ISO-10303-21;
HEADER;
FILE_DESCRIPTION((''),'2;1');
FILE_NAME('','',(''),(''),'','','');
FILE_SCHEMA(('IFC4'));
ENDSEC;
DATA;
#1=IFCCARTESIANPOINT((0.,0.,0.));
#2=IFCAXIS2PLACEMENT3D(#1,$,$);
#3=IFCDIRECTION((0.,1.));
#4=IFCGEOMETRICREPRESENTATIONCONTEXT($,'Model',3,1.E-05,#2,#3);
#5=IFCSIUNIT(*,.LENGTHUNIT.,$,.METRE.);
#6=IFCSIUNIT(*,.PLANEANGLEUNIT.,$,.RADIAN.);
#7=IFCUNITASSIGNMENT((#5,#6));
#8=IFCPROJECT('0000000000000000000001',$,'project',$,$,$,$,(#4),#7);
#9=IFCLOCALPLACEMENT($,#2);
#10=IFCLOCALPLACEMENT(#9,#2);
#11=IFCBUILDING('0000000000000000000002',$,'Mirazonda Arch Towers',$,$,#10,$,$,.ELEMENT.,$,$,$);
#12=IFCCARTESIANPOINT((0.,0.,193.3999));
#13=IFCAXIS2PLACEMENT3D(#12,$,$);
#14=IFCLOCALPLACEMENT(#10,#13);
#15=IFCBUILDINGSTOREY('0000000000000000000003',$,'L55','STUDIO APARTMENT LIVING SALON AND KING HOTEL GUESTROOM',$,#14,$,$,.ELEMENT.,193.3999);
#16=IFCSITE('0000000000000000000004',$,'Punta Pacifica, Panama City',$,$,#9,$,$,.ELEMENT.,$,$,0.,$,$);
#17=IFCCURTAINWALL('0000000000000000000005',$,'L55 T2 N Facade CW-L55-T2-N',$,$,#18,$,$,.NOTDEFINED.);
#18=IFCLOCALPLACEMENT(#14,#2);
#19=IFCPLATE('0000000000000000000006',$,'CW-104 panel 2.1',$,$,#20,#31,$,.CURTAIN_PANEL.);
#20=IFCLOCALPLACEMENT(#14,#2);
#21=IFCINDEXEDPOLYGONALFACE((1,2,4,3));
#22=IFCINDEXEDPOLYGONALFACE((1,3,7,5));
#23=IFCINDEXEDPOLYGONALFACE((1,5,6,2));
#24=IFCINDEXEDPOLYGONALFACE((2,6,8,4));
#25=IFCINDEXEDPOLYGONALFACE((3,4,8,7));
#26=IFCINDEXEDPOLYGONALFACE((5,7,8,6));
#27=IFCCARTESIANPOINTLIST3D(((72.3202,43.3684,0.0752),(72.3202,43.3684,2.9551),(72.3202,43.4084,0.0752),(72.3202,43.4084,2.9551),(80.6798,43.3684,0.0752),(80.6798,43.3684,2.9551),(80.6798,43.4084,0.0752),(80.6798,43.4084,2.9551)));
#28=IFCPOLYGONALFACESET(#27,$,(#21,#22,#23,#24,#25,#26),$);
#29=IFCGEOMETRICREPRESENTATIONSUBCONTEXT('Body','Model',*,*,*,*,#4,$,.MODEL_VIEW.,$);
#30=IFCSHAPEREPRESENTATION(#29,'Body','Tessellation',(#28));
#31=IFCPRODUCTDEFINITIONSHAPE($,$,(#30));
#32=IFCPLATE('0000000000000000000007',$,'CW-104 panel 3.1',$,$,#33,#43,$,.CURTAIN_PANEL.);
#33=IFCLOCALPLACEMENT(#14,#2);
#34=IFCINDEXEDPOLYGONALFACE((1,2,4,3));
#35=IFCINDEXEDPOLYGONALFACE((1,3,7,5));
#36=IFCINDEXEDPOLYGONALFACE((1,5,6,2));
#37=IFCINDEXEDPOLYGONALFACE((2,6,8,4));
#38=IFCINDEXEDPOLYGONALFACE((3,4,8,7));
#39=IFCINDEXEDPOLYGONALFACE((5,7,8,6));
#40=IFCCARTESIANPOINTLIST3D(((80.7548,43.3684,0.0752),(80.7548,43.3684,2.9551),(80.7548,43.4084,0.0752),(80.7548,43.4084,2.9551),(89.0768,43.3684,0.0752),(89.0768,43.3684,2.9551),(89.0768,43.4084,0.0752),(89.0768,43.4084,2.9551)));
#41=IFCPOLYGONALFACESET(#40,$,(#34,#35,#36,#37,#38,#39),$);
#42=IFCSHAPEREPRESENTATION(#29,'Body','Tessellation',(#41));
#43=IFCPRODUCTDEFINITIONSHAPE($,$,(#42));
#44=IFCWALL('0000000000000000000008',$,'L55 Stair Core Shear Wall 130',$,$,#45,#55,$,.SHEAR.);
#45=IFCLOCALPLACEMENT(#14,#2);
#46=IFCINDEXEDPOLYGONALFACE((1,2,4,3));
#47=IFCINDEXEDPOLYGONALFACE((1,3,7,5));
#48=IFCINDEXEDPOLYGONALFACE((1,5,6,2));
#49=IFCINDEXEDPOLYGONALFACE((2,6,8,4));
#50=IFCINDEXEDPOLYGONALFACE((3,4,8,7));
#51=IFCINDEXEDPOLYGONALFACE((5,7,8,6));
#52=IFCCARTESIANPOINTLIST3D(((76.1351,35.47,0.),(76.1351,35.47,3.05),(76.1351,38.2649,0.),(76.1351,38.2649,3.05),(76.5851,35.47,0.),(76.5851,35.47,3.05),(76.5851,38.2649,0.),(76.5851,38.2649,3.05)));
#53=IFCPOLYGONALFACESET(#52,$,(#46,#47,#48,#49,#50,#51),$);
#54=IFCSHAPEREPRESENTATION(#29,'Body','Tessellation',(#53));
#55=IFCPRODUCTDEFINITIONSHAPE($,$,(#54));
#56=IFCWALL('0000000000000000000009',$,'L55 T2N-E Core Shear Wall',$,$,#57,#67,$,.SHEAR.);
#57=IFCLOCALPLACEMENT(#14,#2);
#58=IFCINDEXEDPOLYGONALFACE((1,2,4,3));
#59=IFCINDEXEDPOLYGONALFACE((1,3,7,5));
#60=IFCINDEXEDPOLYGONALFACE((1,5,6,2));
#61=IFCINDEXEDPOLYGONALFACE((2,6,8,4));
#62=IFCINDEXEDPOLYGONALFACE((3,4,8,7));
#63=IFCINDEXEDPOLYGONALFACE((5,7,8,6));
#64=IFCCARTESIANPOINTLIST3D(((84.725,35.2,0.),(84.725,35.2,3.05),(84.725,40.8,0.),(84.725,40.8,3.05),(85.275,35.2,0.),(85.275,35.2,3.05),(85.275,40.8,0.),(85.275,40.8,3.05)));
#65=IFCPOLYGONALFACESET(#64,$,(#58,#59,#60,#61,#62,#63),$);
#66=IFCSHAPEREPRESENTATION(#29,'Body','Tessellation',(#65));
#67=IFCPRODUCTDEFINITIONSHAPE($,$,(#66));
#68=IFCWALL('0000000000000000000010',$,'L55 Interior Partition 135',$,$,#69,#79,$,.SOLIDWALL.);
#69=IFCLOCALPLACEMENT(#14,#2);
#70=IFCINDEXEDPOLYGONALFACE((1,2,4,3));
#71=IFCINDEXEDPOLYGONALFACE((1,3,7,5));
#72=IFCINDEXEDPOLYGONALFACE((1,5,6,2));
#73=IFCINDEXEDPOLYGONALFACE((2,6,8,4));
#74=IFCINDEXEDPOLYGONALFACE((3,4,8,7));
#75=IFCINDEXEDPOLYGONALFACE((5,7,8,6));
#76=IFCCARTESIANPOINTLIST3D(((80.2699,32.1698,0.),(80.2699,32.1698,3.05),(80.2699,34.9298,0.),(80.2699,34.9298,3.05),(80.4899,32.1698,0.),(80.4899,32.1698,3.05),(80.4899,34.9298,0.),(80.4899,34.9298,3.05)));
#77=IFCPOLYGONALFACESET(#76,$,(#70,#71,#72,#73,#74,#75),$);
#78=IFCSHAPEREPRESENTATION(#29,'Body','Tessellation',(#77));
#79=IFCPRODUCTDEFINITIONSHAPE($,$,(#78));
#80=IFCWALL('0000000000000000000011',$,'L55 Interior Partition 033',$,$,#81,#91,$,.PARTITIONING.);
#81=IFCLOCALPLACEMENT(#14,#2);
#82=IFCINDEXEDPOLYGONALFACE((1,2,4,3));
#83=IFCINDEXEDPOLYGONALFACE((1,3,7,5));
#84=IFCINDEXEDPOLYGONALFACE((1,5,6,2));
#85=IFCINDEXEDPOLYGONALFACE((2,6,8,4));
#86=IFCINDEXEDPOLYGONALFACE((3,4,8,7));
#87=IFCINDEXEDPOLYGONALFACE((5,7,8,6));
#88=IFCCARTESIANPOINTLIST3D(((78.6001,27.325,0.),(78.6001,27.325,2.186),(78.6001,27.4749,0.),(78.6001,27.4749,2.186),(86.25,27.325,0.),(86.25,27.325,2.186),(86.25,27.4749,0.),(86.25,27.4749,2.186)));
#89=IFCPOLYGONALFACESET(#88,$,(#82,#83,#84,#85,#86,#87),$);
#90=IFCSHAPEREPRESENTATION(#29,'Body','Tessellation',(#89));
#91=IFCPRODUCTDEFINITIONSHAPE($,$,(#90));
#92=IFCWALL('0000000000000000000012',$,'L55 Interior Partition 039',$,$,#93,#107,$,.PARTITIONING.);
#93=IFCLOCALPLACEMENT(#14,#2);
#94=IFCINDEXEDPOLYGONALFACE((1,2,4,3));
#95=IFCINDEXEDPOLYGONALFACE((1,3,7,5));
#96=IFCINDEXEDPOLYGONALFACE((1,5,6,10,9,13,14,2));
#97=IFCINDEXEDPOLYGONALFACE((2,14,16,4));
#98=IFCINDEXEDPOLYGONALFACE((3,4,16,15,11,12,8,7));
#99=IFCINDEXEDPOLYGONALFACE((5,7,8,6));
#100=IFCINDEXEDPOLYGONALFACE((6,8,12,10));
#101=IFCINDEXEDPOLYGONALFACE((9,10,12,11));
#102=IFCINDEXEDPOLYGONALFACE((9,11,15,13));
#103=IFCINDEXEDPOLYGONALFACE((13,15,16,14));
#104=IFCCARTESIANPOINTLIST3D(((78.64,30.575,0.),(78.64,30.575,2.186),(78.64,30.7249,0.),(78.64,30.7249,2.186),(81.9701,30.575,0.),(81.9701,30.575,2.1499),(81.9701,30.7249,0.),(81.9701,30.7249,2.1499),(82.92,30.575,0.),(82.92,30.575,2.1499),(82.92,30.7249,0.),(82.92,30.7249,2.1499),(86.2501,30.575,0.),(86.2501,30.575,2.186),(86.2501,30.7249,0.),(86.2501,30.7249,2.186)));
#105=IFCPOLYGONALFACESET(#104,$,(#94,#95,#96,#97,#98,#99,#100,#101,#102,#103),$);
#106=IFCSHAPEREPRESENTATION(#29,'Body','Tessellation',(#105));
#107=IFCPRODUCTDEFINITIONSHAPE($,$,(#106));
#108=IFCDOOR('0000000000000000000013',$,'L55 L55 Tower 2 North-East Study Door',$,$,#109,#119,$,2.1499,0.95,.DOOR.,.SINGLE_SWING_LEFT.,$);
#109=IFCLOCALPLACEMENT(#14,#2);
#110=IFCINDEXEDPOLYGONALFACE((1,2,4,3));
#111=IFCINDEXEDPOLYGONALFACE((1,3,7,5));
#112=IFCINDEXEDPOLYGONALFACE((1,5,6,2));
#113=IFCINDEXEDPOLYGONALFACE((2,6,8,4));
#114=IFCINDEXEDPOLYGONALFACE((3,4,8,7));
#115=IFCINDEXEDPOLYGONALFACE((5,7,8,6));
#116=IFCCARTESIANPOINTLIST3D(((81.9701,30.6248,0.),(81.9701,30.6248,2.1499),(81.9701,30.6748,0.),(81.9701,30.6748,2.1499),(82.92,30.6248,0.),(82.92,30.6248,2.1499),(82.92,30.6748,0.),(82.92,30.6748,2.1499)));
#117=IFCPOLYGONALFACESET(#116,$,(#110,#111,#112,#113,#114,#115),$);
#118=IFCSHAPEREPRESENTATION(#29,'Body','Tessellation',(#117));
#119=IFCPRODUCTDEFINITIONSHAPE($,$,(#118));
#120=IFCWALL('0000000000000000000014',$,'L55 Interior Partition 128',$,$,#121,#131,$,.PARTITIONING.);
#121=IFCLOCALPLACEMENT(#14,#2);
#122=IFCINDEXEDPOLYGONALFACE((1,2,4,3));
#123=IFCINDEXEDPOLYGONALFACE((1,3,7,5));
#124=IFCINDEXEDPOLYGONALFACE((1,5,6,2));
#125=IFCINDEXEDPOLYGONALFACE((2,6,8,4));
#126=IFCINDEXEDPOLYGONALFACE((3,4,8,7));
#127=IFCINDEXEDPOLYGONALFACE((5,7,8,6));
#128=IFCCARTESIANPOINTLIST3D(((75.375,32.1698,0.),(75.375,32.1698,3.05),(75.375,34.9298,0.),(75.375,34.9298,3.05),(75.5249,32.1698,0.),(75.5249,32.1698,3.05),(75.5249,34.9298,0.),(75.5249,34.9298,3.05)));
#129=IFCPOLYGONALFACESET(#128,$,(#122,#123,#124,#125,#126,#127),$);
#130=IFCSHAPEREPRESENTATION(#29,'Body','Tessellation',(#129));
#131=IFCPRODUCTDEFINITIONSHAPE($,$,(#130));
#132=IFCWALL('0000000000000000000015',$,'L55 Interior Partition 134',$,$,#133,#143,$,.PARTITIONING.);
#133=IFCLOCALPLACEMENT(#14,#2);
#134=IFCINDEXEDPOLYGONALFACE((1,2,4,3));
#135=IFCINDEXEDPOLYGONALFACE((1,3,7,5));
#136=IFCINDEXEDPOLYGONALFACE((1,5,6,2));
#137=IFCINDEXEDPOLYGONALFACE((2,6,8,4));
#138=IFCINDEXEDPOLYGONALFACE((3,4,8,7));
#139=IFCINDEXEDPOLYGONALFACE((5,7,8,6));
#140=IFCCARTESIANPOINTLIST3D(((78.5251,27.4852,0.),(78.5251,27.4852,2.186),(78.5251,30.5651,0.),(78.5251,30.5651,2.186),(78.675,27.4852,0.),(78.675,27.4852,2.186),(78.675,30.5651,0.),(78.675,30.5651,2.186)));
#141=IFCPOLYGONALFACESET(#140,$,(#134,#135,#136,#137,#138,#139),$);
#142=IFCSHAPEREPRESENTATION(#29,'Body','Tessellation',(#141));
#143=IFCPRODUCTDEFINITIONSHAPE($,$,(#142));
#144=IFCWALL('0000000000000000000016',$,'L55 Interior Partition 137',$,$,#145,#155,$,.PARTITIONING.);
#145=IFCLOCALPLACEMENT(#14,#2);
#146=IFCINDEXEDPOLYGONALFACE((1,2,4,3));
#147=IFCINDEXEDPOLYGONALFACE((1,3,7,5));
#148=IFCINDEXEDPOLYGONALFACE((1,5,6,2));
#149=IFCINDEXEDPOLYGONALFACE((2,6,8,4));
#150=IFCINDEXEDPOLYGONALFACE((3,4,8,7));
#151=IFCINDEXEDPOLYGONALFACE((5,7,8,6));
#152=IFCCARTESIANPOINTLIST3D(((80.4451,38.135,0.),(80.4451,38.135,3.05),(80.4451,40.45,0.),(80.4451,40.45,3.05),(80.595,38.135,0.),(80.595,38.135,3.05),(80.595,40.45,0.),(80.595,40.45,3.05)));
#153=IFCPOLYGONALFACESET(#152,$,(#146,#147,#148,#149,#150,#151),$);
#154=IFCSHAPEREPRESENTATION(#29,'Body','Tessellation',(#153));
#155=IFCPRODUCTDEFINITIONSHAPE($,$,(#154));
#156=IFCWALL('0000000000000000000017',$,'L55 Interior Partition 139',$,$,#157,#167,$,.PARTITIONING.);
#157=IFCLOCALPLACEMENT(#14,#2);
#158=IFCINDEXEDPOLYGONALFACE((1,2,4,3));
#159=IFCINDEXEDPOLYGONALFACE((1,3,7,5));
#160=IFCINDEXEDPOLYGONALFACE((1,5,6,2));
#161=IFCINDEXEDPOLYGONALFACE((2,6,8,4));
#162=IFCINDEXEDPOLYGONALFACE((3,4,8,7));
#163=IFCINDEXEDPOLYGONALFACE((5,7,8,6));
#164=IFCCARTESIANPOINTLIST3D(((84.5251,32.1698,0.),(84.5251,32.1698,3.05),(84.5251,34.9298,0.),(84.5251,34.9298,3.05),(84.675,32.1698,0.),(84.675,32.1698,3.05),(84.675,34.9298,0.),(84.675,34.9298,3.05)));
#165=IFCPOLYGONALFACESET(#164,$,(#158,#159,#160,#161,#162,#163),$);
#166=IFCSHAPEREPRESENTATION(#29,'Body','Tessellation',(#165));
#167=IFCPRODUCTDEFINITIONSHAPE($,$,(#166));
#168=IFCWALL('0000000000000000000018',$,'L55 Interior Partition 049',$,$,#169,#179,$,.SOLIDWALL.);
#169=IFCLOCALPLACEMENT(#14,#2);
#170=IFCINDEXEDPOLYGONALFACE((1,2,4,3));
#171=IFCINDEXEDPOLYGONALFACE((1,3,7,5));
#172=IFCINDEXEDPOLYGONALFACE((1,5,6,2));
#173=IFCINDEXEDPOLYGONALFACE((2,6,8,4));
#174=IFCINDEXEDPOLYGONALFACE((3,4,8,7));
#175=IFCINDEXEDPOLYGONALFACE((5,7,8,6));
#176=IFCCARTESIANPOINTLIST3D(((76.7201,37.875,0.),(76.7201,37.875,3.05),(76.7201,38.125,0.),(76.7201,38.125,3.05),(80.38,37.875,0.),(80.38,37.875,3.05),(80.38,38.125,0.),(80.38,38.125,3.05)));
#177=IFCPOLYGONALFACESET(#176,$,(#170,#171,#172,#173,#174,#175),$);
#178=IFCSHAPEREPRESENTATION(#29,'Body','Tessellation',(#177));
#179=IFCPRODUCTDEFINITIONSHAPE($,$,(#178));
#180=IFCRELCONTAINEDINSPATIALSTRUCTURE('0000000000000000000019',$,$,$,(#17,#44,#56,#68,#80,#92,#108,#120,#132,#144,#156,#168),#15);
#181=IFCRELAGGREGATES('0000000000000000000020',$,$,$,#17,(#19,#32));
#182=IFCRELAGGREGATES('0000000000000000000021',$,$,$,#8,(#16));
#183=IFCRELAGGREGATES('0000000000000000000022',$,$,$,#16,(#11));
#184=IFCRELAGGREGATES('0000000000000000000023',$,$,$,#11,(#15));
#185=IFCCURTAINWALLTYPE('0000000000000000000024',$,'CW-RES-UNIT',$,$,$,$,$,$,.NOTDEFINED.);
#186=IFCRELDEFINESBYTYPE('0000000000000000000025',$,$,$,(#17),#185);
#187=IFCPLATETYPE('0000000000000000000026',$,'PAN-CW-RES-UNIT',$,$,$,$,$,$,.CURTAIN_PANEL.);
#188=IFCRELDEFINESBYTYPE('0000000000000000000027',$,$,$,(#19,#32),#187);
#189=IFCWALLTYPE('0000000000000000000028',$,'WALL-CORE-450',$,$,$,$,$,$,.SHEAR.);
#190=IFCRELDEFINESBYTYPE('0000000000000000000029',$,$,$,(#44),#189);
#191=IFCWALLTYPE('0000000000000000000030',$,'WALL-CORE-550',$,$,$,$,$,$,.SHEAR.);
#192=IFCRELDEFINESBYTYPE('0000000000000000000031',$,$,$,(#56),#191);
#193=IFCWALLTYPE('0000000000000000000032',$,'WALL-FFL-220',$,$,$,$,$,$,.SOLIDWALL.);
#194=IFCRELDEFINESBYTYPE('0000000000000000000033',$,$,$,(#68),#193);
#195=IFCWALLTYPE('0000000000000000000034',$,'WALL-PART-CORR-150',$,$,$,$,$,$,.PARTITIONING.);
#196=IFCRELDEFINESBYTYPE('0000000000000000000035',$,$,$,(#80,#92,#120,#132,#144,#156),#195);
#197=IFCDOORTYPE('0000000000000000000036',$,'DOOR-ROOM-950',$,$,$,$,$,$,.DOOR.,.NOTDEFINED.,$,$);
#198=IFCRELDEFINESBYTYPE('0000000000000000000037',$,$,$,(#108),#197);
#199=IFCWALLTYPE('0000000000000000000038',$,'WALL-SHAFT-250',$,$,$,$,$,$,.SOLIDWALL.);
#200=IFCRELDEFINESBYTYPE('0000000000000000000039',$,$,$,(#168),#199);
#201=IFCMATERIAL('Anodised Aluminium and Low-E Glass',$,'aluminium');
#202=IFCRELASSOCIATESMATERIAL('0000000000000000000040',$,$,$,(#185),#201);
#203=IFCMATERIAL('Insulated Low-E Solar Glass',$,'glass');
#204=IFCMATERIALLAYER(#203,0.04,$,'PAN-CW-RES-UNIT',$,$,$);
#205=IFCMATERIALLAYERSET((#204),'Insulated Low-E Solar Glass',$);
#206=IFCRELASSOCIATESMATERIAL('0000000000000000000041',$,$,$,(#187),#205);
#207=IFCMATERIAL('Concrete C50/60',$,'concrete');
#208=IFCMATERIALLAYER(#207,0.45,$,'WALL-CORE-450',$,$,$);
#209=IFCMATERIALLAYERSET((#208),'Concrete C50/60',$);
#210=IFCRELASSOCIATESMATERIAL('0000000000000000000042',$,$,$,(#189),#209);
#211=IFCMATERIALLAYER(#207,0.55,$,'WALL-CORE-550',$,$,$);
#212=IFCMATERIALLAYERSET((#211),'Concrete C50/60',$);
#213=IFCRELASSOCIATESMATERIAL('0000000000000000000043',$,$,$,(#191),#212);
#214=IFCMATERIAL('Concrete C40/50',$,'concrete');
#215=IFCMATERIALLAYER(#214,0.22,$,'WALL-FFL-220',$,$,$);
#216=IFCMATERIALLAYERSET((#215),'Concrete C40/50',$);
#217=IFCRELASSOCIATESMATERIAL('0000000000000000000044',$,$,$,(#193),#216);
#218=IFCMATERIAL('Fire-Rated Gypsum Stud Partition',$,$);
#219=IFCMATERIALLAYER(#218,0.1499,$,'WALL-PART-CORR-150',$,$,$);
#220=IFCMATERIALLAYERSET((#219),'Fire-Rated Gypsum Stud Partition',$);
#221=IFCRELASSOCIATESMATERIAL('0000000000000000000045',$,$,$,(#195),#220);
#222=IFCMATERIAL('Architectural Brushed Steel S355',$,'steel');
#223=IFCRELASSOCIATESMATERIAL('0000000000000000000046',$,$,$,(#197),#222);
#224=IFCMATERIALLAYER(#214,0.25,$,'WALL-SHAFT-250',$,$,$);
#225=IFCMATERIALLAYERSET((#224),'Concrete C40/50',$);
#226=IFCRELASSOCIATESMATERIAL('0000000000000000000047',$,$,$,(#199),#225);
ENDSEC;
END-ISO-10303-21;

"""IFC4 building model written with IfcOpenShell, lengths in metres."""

from ifc_helpers import new_model, si_unit, direction, frame, frame_2d, origin, origin_2d, place, context, subcontext, project, spatial, rectangle, extrude, material, layer, layer_set, type_object, element, fill, aggregate, save


model = new_model("IFC4")

# Units and contexts
model_context = context("Model", 3, precision=1e-05, world=origin(), true_north=direction((0.0, 1.0)))
body_context = subcontext(model_context, "Body", "Model", "MODEL_VIEW")
ifc_project = project(units=[si_unit("LENGTHUNIT", "METRE"), si_unit("PLANEANGLEUNIT", "RADIAN")], contexts=[model_context])

# Site, building, storey
site_placement = place(None, origin())
site = spatial("IfcSite", under=ifc_project, at=site_placement, Name="Punta Pacifica, Panama City", CompositionType="ELEMENT", RefElevation=0.0)
building_placement = place(site_placement, origin())
building = spatial("IfcBuilding", under=site, at=building_placement, Name="Mirazonda Arch Towers", CompositionType="ELEMENT")
storey_placement = place(building_placement, frame((0.0, 0.0, 193.3999)))
storey = spatial("IfcBuildingStorey", under=building, at=storey_placement, Name="L55", Description="STUDIO APARTMENT LIVING SALON AND KING HOTEL GUESTROOM", CompositionType="ELEMENT", Elevation=193.3999)

# Shared definitions
ifc_material_1 = material(Name="Concrete C50/60", Category="concrete")

# Curtain wall, plates
ifc_material_2 = material(Name="Anodised Aluminium and Low-E Glass", Category="aluminium")
curtain_wall_type = type_object("IfcCurtainWallType", Name="CW-RES-UNIT", PredefinedType="NOTDEFINED", material=ifc_material_2)
curtain_wall_placement = place(storey_placement, origin())
curtain_wall = element("IfcCurtainWall", 1, at=curtain_wall_placement, inside=storey, type_object=curtain_wall_type, Name="L55 T2 N Facade CW-L55-T2-N", PredefinedType="NOTDEFINED")
ifc_material_3 = material(Name="Insulated Low-E Solar Glass", Category="glass")
ifc_layer_1 = layer(ifc_material_3, 0.04, Name="PAN-CW-RES-UNIT")
ifc_layer_set_1 = layer_set([ifc_layer_1], Name="Insulated Low-E Solar Glass")
plate_type = type_object("IfcPlateType", Name="PAN-CW-RES-UNIT", PredefinedType="CURTAIN_PANEL", material=ifc_layer_set_1)
plate_1_placement = place(storey_placement, frame((76.5, 43.3884, 0.0752), z_axis=(0.0, 0.0, 1.0), x_axis=(1.0, 0.0, 0.0)))
plate_1 = element("IfcPlate", 2, at=plate_1_placement, type_object=plate_type, Name="CW-104 panel 2.1", PredefinedType="CURTAIN_PANEL", context=body_context, shape_type="SweptSolid", body=[
    extrude(rectangle(XDim=8.3596, YDim=0.04, at=origin_2d()), origin(), (0.0, 0.0, 1.0), 2.8799),
])
plate_2_placement = place(storey_placement, frame((84.9158, 43.3884, 0.0752), z_axis=(0.0, 0.0, 1.0), x_axis=(1.0, 0.0, 0.0)))
plate_2 = element("IfcPlate", 3, at=plate_2_placement, type_object=plate_type, Name="CW-104 panel 3.1", PredefinedType="CURTAIN_PANEL", context=body_context, shape_type="SweptSolid", body=[
    extrude(rectangle(XDim=8.322, YDim=0.04, at=origin_2d()), origin(), (0.0, 0.0, 1.0), 2.8799),
])
aggregate(curtain_wall, [plate_1, plate_2])

# Walls
ifc_layer_2 = layer(ifc_material_1, 0.45, Name="WALL-CORE-450")
ifc_layer_set_2 = layer_set([ifc_layer_2], Name="Concrete C50/60")
wall_type_1 = type_object("IfcWallType", Name="WALL-CORE-450", PredefinedType="SHEAR", material=ifc_layer_set_2)
wall_1_placement = place(storey_placement, frame((76.3601, 35.47, 0.0), z_axis=(0.0, 0.0, 1.0), x_axis=(0.0, 1.0, 0.0)))
element("IfcWall", 4, at=wall_1_placement, inside=storey, type_object=wall_type_1, Name="L55 Stair Core Shear Wall 130", PredefinedType="SHEAR", context=body_context, shape_type="SweptSolid", body=[
    extrude(rectangle(XDim=2.7949, YDim=0.45, at=frame_2d((1.3975, 0.0))), origin(), (0.0, 0.0, 1.0), 3.05),
])
ifc_layer_3 = layer(ifc_material_1, 0.55, Name="WALL-CORE-550")
ifc_layer_set_3 = layer_set([ifc_layer_3], Name="Concrete C50/60")
wall_type_2 = type_object("IfcWallType", Name="WALL-CORE-550", PredefinedType="SHEAR", material=ifc_layer_set_3)
wall_2_placement = place(storey_placement, frame((85.0, 35.2, 0.0), z_axis=(0.0, 0.0, 1.0), x_axis=(0.0, 1.0, 0.0)))
element("IfcWall", 5, at=wall_2_placement, inside=storey, type_object=wall_type_2, Name="L55 T2N-E Core Shear Wall", PredefinedType="SHEAR", context=body_context, shape_type="SweptSolid", body=[
    extrude(rectangle(XDim=5.6001, YDim=0.55, at=frame_2d((2.8, 0.0))), origin(), (0.0, 0.0, 1.0), 3.05),
])
ifc_material_4 = material(Name="Concrete C40/50", Category="concrete")
ifc_layer_4 = layer(ifc_material_4, 0.22, Name="WALL-FFL-220")
ifc_layer_set_4 = layer_set([ifc_layer_4], Name="Concrete C40/50")
wall_type_3 = type_object("IfcWallType", Name="WALL-FFL-220", PredefinedType="SOLIDWALL", material=ifc_layer_set_4)
wall_3_placement = place(storey_placement, frame((80.3799, 32.1699, 0.0), z_axis=(0.0, 0.0, 1.0), x_axis=(0.0, 1.0, 0.0)))
element("IfcWall", 6, at=wall_3_placement, inside=storey, type_object=wall_type_3, Name="L55 Interior Partition 135", PredefinedType="SOLIDWALL", context=body_context, shape_type="SweptSolid", body=[
    extrude(rectangle(XDim=2.76, YDim=0.22, at=frame_2d((1.3799, 0.0))), origin(), (0.0, 0.0, 1.0), 3.05),
])
ifc_material_5 = material(Name="Fire-Rated Gypsum Stud Partition")
ifc_layer_5 = layer(ifc_material_5, 0.1499, Name="WALL-PART-CORR-150")
ifc_layer_set_5 = layer_set([ifc_layer_5], Name="Fire-Rated Gypsum Stud Partition")
wall_type_4 = type_object("IfcWallType", Name="WALL-PART-CORR-150", PredefinedType="PARTITIONING", material=ifc_layer_set_5)
wall_4_placement = place(storey_placement, frame((78.6001, 27.3999, 0.0), z_axis=(0.0, 0.0, 1.0), x_axis=(1.0, 0.0, 0.0)))
element("IfcWall", 7, at=wall_4_placement, inside=storey, type_object=wall_type_4, Name="L55 Interior Partition 033", PredefinedType="PARTITIONING", context=body_context, shape_type="SweptSolid", body=[
    extrude(rectangle(XDim=7.6499, YDim=0.1499, at=frame_2d((3.825, 0.0))), origin(), (0.0, 0.0, 1.0), 2.186),
])

# Wall, opening, door
wall_5_placement = place(storey_placement, frame((78.6399, 30.6499, 0.0), z_axis=(0.0, 0.0, 1.0), x_axis=(1.0, 0.0, 0.0)))
wall_5 = element("IfcWall", 8, at=wall_5_placement, inside=storey, type_object=wall_type_4, Name="L55 Interior Partition 039", PredefinedType="PARTITIONING", context=body_context, shape_type="SweptSolid", body=[
    extrude(rectangle(XDim=7.6101, YDim=0.1499, at=frame_2d((3.8052, 0.0))), origin(), (0.0, 0.0, 1.0), 2.186),
])
opening_placement = place(wall_5_placement, frame((3.3301, 0.0, 0.0)))
opening = element("IfcOpeningElement", 9, at=opening_placement, cuts=wall_5, PredefinedType="OPENING", context=body_context, shape_type="SweptSolid", body=[
    extrude(rectangle(XDim=0.95, YDim=2.1499, at=frame_2d((0.4751, 1.075))), frame((0.0, 0.085, 0.0), z_axis=(0.0, -1.0, 0.0), x_axis=(1.0, 0.0, 0.0)), (0.0, 0.0, 1.0), 0.1699),
])
ifc_material_6 = material(Name="Architectural Brushed Steel S355", Category="steel")
door_type = type_object("IfcDoorType", Name="DOOR-ROOM-950", OperationType="NOTDEFINED", PredefinedType="DOOR", material=ifc_material_6)
door_placement = place(opening_placement, origin())
door = element("IfcDoor", 10, at=door_placement, inside=storey, type_object=door_type, Name="L55 L55 Tower 2 North-East Study Door", OperationType="SINGLE_SWING_LEFT", OverallHeight=2.1499, OverallWidth=0.95, PredefinedType="DOOR", context=body_context, shape_type="SweptSolid", body=[
    extrude(rectangle(XDim=0.95, YDim=2.1499, at=frame_2d((0.4751, 1.075))), frame((0.0, 0.0249, 0.0), z_axis=(0.0, -1.0, 0.0), x_axis=(1.0, 0.0, 0.0)), (0.0, 0.0, 1.0), 0.05),
])
fill(opening, door)

# Walls
wall_6_placement = place(storey_placement, frame((75.45, 32.1699, 0.0), z_axis=(0.0, 0.0, 1.0), x_axis=(0.0, 1.0, 0.0)))
element("IfcWall", 11, at=wall_6_placement, inside=storey, type_object=wall_type_4, Name="L55 Interior Partition 128", PredefinedType="PARTITIONING", context=body_context, shape_type="SweptSolid", body=[
    extrude(rectangle(XDim=2.76, YDim=0.1499, at=frame_2d((1.3799, 0.0))), origin(), (0.0, 0.0, 1.0), 3.05),
])
wall_7_placement = place(storey_placement, frame((78.6001, 27.4851, 0.0), z_axis=(0.0, 0.0, 1.0), x_axis=(0.0, 1.0, 0.0)))
element("IfcWall", 12, at=wall_7_placement, inside=storey, type_object=wall_type_4, Name="L55 Interior Partition 134", PredefinedType="PARTITIONING", context=body_context, shape_type="SweptSolid", body=[
    extrude(rectangle(XDim=3.0798, YDim=0.1499, at=frame_2d((1.54, 0.0))), origin(), (0.0, 0.0, 1.0), 2.186),
])
wall_8_placement = place(storey_placement, frame((80.52, 38.135, 0.0), z_axis=(0.0, 0.0, 1.0), x_axis=(0.0, 1.0, 0.0)))
element("IfcWall", 13, at=wall_8_placement, inside=storey, type_object=wall_type_4, Name="L55 Interior Partition 137", PredefinedType="PARTITIONING", context=body_context, shape_type="SweptSolid", body=[
    extrude(rectangle(XDim=2.3149, YDim=0.1499, at=frame_2d((1.1575, 0.0))), origin(), (0.0, 0.0, 1.0), 3.05),
])
wall_9_placement = place(storey_placement, frame((84.6001, 32.1699, 0.0), z_axis=(0.0, 0.0, 1.0), x_axis=(0.0, 1.0, 0.0)))
element("IfcWall", 14, at=wall_9_placement, inside=storey, type_object=wall_type_4, Name="L55 Interior Partition 139", PredefinedType="PARTITIONING", context=body_context, shape_type="SweptSolid", body=[
    extrude(rectangle(XDim=2.76, YDim=0.1499, at=frame_2d((1.3799, 0.0))), origin(), (0.0, 0.0, 1.0), 3.05),
])
ifc_layer_6 = layer(ifc_material_4, 0.25, Name="WALL-SHAFT-250")
ifc_layer_set_6 = layer_set([ifc_layer_6], Name="Concrete C40/50")
wall_type_5 = type_object("IfcWallType", Name="WALL-SHAFT-250", PredefinedType="SOLIDWALL", material=ifc_layer_set_6)
wall_10_placement = place(storey_placement, frame((76.72, 38.0, 0.0), z_axis=(0.0, 0.0, 1.0), x_axis=(1.0, 0.0, 0.0)))
element("IfcWall", 15, at=wall_10_placement, inside=storey, type_object=wall_type_5, Name="L55 Interior Partition 049", PredefinedType="SOLIDWALL", context=body_context, shape_type="SweptSolid", body=[
    extrude(rectangle(XDim=3.6599, YDim=0.25, at=frame_2d((1.8301, 0.0))), origin(), (0.0, 0.0, 1.0), 3.05),
])

save(model, "model.ifc")
